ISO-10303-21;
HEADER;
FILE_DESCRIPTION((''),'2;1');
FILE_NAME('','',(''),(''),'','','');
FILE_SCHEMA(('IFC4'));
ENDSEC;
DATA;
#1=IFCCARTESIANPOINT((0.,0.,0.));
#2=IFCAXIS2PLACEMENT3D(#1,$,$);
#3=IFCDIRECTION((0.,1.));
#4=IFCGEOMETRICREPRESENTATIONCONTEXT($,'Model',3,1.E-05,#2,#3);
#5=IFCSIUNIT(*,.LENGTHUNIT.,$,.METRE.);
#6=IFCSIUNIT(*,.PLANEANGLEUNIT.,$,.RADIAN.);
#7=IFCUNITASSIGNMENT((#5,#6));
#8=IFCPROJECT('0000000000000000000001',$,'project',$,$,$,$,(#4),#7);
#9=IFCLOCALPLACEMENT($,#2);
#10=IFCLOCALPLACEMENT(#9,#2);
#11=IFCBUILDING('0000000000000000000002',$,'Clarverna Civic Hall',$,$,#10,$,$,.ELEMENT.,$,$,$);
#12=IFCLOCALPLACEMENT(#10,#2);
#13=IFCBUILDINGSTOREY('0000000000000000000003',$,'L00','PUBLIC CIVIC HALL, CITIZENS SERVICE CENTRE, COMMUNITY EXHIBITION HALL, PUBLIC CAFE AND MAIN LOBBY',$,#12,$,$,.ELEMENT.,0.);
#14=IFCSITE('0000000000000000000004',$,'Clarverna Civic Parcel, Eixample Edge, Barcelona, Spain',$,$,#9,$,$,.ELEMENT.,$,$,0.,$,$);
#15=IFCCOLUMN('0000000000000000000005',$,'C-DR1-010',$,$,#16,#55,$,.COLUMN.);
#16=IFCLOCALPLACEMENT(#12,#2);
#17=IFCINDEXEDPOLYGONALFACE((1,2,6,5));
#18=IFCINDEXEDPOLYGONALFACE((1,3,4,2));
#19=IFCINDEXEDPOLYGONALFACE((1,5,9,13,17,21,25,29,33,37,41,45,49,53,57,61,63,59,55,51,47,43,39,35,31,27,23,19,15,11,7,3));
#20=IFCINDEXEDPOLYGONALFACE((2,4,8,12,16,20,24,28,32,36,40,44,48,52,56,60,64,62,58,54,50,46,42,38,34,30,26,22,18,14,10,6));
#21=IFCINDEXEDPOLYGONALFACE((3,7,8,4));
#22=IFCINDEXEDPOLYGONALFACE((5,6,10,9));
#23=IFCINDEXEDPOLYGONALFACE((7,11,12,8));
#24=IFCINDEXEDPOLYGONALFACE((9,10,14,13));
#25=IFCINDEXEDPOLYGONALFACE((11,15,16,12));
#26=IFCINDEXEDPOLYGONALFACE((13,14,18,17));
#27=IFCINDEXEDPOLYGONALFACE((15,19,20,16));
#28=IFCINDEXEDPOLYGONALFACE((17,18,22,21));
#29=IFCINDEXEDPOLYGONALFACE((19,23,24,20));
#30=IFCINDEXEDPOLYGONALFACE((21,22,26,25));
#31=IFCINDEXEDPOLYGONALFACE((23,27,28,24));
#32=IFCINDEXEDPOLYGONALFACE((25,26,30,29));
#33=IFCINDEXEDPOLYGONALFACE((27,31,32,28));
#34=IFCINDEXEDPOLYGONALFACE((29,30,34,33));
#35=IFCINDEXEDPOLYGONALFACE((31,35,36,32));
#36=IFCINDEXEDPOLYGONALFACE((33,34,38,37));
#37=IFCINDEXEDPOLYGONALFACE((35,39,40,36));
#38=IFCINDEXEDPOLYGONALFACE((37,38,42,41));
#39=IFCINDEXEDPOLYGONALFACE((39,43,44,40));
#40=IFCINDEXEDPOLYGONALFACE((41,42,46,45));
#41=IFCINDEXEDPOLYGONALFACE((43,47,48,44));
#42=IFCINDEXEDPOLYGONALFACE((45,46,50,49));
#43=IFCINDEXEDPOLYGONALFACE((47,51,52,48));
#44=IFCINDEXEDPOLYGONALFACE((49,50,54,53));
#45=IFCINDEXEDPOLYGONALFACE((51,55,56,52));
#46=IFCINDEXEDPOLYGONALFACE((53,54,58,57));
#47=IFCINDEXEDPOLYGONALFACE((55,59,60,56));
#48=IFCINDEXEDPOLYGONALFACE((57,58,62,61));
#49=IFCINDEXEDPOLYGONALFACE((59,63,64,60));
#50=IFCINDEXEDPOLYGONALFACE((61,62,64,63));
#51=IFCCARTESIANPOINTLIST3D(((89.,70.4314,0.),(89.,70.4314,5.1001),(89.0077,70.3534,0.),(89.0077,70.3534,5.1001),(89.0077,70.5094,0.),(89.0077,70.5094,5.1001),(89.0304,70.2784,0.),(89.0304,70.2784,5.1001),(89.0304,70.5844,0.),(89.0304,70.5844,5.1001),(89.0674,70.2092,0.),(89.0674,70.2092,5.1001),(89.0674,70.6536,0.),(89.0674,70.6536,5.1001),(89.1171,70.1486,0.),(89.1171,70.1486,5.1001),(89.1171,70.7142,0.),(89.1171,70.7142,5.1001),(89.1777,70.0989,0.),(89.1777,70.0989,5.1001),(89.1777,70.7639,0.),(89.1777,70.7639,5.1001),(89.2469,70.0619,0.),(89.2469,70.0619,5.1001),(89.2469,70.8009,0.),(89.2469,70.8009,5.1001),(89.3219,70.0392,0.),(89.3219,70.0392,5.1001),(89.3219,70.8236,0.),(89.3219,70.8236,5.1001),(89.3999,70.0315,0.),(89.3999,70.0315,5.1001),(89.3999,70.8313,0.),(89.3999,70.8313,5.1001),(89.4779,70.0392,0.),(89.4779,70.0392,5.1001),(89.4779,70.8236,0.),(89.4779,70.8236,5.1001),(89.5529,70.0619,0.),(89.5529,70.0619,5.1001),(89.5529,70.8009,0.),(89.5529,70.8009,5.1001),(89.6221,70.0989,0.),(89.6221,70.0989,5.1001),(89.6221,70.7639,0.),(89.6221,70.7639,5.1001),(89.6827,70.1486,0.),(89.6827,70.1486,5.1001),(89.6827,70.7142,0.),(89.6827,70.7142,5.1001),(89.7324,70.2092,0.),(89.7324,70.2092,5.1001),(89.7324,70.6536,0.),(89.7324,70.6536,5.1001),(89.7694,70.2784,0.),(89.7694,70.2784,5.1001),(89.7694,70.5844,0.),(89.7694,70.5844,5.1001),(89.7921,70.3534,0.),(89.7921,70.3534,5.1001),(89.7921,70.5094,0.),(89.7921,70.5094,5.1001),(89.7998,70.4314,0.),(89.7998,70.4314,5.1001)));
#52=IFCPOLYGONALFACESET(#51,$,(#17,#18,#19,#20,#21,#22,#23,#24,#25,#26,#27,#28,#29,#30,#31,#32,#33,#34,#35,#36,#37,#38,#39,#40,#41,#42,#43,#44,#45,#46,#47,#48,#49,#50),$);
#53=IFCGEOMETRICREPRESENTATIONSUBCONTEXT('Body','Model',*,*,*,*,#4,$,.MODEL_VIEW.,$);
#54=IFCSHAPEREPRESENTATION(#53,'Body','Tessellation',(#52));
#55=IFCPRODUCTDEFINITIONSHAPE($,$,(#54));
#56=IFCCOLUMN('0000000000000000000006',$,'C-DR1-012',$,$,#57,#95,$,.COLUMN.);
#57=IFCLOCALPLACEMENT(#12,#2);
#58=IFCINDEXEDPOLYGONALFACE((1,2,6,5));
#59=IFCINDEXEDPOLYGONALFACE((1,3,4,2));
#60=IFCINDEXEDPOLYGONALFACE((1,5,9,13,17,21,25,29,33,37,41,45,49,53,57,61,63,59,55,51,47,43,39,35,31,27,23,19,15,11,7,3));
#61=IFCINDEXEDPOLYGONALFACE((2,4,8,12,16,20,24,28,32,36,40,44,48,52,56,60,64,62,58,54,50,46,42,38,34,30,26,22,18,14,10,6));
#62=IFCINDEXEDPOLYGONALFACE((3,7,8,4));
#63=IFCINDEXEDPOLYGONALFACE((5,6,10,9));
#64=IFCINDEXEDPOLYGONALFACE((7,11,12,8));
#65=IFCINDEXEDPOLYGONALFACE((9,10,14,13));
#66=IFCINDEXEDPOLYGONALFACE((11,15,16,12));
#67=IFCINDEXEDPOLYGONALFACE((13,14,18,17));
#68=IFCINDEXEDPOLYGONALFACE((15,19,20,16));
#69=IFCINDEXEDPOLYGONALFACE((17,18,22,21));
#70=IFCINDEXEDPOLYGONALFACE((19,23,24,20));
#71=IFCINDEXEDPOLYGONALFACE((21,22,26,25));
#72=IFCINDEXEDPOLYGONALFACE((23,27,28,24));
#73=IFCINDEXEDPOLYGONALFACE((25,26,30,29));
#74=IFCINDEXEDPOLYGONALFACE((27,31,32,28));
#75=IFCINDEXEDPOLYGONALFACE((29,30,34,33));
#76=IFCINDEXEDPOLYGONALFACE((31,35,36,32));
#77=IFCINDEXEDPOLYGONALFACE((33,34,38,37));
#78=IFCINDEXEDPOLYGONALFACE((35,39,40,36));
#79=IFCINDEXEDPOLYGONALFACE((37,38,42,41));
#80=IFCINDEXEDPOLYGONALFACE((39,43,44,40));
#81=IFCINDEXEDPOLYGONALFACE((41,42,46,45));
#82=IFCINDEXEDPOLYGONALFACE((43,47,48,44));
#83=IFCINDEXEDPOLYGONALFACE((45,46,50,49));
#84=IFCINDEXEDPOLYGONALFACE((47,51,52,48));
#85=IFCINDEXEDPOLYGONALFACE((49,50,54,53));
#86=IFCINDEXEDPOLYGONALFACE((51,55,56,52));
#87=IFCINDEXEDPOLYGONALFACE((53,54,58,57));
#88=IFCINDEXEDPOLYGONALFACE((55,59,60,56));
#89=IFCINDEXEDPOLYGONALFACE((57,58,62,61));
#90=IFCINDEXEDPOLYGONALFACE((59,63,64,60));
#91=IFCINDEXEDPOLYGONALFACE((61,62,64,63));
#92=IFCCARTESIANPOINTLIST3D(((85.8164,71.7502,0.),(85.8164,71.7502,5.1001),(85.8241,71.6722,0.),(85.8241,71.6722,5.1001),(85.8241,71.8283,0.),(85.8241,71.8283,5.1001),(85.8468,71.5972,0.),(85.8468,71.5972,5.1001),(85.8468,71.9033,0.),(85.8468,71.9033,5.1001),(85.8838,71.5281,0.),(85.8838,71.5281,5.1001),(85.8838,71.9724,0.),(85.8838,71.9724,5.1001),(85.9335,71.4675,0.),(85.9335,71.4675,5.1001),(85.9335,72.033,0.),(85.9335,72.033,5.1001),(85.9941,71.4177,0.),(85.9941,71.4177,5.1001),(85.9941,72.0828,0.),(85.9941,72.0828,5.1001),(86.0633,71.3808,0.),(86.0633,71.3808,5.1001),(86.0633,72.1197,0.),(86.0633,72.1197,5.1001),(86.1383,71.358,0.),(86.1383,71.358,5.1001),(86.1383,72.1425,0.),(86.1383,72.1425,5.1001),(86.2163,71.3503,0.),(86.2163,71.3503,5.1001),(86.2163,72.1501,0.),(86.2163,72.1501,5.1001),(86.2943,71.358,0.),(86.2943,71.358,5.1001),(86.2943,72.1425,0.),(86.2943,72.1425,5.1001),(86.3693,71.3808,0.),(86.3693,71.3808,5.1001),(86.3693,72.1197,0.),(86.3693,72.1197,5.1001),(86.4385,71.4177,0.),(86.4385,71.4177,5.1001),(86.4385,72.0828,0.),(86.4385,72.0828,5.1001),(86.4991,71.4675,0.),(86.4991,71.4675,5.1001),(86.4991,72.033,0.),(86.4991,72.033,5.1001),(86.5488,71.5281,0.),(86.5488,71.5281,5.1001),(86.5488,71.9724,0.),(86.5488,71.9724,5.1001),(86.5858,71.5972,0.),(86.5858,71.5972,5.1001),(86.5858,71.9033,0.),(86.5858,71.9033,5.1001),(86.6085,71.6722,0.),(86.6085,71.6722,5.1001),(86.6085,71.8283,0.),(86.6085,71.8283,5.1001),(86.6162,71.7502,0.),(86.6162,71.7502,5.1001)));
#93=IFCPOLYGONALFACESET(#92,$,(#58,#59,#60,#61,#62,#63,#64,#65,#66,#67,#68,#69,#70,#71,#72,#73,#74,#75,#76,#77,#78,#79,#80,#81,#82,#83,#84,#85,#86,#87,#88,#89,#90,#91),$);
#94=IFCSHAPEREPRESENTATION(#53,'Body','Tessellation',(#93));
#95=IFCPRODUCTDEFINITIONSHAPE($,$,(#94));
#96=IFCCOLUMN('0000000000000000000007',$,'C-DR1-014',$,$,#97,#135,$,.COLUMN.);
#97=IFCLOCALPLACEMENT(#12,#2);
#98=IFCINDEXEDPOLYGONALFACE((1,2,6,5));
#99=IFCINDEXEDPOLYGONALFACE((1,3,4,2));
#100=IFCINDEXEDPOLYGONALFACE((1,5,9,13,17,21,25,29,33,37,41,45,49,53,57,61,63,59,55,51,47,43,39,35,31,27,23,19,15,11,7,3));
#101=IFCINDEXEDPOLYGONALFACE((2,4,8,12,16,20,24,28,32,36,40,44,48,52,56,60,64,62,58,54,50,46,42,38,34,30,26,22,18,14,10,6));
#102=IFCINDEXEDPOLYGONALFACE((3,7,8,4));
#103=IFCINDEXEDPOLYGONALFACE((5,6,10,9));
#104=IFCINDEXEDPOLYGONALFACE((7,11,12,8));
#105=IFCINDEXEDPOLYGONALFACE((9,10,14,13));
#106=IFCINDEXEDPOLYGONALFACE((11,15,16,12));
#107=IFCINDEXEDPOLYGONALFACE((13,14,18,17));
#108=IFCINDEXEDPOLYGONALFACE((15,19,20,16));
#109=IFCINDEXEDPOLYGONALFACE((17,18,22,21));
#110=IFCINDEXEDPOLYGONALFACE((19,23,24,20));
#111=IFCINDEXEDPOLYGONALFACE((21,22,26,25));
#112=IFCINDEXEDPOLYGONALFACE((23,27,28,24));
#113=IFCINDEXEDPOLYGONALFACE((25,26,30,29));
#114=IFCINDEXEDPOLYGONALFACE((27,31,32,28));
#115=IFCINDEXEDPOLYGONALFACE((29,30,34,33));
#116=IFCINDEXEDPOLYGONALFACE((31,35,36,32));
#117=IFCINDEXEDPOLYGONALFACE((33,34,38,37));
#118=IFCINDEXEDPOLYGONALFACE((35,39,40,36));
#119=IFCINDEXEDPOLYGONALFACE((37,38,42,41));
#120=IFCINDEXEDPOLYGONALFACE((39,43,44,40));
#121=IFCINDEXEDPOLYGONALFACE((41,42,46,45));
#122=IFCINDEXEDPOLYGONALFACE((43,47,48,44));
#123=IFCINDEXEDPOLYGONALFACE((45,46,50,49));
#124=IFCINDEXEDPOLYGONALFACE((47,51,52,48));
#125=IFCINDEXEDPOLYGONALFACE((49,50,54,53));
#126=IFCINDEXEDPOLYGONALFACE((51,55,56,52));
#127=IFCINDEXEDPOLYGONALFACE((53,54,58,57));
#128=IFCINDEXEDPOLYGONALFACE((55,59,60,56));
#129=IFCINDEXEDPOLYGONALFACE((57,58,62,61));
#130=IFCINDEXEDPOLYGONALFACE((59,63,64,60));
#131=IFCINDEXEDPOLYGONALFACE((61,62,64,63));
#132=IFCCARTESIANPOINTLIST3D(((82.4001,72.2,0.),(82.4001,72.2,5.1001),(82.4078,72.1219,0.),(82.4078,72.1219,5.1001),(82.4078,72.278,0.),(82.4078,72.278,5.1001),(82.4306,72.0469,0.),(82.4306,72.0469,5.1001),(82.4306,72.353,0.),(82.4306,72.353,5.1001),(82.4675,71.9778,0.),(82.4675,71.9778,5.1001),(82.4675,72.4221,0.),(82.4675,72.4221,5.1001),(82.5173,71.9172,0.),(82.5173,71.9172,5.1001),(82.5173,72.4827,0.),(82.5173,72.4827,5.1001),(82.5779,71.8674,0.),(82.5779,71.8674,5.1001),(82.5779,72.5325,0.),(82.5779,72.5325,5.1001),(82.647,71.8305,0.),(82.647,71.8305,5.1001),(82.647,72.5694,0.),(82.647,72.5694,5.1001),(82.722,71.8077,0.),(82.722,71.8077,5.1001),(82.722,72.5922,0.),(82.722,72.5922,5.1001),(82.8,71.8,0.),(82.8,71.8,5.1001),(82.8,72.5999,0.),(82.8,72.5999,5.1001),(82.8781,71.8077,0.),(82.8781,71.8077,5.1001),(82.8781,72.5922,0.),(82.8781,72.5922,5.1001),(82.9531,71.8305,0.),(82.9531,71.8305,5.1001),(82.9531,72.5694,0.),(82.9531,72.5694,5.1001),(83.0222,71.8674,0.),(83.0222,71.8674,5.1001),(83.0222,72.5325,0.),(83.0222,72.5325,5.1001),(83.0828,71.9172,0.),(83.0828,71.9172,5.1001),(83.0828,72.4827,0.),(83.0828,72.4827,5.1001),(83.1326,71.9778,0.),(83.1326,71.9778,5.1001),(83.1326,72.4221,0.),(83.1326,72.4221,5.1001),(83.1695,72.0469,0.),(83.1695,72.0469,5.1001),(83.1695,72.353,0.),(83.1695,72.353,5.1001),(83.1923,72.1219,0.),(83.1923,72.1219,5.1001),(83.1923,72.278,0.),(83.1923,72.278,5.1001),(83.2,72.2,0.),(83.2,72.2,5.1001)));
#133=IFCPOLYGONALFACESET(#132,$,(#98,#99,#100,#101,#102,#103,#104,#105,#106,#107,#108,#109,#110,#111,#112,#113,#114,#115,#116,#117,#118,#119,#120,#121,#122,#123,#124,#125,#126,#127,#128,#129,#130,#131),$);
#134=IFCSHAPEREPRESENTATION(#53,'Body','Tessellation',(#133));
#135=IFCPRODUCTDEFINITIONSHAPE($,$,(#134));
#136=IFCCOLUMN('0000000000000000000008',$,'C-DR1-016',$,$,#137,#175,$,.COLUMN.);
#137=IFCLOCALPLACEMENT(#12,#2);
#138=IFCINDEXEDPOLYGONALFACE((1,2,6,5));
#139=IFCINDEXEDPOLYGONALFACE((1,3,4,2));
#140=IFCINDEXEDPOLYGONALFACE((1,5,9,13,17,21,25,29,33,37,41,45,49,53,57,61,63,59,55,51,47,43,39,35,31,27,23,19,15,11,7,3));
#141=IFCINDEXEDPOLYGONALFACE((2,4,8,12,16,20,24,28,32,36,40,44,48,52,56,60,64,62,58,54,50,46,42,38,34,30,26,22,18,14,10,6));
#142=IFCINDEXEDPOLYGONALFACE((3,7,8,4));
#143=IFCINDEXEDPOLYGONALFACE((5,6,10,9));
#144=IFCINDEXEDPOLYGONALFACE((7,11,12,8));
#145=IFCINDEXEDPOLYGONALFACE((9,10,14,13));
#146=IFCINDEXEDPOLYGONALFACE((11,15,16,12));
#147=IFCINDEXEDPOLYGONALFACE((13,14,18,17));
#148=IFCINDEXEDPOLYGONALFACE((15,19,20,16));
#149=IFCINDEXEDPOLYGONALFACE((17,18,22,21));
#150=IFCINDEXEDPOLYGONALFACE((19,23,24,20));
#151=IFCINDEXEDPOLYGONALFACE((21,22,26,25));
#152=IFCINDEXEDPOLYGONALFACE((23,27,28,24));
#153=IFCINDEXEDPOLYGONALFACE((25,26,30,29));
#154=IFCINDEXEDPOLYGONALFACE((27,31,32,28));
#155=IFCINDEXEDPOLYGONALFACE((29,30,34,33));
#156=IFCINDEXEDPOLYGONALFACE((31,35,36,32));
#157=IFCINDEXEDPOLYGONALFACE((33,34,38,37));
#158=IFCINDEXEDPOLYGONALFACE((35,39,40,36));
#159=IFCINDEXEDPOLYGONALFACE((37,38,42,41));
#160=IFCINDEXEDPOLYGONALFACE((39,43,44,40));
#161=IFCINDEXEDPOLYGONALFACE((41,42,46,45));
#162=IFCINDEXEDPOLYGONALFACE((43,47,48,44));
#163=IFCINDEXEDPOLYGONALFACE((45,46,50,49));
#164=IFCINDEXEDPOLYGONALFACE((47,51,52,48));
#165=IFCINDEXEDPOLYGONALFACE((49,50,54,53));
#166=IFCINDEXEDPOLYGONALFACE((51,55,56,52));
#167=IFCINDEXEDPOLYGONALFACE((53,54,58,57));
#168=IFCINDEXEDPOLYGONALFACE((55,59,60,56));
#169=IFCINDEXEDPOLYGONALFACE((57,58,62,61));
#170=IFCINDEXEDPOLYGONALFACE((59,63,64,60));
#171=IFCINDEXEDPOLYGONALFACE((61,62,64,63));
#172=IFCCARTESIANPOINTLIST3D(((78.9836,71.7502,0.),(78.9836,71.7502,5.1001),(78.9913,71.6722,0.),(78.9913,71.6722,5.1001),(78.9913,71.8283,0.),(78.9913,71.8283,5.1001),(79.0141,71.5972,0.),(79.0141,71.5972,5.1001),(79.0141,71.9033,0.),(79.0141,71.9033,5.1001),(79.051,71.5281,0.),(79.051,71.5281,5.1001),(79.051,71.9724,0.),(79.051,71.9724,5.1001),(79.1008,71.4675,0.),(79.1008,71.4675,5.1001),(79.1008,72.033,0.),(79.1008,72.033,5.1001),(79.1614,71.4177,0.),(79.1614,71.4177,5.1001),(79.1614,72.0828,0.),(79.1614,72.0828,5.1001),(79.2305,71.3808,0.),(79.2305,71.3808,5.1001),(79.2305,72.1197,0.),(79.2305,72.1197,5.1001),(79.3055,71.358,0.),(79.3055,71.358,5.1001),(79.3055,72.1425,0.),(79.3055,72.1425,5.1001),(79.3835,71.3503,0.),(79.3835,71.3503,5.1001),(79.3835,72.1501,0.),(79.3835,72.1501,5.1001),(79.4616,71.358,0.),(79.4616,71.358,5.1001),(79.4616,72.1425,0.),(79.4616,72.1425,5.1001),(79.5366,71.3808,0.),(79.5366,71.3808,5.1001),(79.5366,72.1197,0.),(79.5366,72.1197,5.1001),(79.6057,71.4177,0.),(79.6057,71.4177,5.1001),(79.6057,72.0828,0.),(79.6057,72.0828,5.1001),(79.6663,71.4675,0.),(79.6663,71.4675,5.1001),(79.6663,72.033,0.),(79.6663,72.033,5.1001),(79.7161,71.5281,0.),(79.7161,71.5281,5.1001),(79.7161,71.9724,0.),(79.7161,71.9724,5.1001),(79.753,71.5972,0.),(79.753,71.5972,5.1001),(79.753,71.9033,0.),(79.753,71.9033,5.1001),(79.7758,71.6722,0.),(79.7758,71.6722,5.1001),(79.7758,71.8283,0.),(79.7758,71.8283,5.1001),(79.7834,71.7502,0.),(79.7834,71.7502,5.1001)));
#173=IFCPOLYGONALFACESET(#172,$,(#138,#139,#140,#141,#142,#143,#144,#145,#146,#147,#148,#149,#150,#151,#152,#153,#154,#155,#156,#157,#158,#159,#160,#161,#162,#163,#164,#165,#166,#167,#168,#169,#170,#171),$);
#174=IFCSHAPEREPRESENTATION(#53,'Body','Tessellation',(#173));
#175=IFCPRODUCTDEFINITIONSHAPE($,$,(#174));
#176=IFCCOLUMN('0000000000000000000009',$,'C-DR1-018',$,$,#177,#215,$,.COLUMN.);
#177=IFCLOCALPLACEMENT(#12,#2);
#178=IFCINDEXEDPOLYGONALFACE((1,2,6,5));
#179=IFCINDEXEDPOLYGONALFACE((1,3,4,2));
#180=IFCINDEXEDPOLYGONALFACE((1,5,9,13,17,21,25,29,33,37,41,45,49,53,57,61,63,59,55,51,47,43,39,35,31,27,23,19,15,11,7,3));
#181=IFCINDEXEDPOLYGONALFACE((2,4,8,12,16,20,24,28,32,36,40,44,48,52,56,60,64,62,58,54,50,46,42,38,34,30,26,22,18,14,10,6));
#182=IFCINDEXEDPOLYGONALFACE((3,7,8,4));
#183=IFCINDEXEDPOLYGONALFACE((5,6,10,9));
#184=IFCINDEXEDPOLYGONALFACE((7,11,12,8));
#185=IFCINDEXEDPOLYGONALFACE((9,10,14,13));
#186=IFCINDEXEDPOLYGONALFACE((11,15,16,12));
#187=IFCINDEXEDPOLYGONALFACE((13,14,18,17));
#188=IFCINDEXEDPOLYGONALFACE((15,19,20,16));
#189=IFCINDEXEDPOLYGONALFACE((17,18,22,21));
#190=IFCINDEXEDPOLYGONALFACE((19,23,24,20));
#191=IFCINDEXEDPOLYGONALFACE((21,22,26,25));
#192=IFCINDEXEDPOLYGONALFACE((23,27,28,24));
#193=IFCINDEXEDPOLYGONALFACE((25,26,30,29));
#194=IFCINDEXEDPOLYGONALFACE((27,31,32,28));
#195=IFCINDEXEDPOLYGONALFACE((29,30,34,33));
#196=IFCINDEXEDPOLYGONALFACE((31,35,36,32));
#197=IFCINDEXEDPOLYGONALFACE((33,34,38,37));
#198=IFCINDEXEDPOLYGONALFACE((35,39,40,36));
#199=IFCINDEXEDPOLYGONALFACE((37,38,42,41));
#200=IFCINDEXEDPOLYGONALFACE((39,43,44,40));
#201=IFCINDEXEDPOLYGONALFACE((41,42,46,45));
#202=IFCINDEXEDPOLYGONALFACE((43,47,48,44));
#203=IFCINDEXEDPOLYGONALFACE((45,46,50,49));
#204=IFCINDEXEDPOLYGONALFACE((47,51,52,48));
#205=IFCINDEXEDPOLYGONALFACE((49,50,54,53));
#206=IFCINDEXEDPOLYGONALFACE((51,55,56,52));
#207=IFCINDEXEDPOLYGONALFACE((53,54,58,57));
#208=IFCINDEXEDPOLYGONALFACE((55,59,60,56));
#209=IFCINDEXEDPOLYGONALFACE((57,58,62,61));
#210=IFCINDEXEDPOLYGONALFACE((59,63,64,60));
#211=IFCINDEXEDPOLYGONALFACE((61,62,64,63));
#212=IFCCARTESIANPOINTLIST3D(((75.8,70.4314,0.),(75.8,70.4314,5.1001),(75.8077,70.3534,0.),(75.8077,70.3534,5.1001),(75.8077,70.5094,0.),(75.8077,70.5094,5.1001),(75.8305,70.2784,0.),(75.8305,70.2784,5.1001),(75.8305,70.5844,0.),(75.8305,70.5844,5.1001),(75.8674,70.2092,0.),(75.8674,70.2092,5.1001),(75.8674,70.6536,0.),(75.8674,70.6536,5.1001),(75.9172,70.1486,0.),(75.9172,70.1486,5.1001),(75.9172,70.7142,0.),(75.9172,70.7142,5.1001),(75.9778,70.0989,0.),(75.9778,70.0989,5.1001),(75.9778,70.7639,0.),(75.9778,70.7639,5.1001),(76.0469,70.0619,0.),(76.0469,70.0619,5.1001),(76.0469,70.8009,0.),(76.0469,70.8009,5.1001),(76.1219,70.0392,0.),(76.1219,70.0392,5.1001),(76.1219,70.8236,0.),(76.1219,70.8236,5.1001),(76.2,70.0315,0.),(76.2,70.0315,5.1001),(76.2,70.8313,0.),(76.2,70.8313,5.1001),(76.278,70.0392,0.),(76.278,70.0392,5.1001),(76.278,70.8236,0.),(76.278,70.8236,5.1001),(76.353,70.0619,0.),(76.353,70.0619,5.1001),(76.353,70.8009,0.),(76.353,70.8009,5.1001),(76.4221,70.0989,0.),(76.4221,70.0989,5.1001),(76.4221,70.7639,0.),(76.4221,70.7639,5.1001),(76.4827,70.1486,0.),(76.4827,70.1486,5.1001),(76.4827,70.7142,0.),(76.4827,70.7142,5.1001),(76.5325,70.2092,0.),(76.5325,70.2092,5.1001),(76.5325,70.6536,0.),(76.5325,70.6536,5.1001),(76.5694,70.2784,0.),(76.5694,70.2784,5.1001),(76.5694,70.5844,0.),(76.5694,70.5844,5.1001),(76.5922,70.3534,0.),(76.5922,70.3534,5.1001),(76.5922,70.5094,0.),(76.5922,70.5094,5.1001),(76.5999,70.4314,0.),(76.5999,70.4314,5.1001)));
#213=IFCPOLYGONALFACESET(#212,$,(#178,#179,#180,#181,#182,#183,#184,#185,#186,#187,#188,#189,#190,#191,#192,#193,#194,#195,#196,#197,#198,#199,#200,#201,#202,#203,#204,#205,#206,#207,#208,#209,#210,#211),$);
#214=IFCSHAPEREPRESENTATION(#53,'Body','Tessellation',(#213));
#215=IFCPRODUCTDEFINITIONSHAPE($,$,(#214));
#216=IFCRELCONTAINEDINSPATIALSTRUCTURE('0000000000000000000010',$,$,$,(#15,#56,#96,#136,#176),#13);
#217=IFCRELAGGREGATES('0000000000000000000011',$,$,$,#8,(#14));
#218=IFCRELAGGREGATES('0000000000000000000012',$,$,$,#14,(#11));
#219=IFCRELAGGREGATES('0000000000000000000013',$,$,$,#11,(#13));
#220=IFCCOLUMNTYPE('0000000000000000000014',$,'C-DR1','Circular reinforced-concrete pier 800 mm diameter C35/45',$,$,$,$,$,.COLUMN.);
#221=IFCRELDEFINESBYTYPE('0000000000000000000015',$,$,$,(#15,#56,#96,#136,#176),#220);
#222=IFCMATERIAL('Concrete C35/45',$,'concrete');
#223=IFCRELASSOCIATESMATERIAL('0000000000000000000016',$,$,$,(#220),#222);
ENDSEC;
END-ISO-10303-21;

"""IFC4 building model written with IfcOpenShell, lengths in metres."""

from ifc_helpers import new_model, si_unit, direction, frame, origin, origin_2d, place, context, subcontext, project, spatial, circle, extrude, material, material_profile, profile_set, type_object, element, save


model = new_model("IFC4")

# Units and contexts
model_context = context("Model", 3, precision=1e-05, world=origin(), true_north=direction((0.0, 1.0)))
body_context = subcontext(model_context, "Body", "Model", "MODEL_VIEW")
ifc_project = project(units=[si_unit("LENGTHUNIT", "METRE"), si_unit("PLANEANGLEUNIT", "RADIAN")], contexts=[model_context])

# Site, building, storey
site_placement = place(None, origin())
site = spatial("IfcSite", under=ifc_project, at=site_placement, Name="Clarverna Civic Parcel, Eixample Edge, Barcelona, Spain", CompositionType="ELEMENT", RefElevation=0.0)
building_placement = place(site_placement, origin())
building = spatial("IfcBuilding", under=site, at=building_placement, Name="Clarverna Civic Hall", CompositionType="ELEMENT")
storey_placement = place(building_placement, origin())
storey = spatial("IfcBuildingStorey", under=building, at=storey_placement, Name="L00", Description="PUBLIC CIVIC HALL, CITIZENS SERVICE CENTRE, COMMUNITY EXHIBITION HALL, PUBLIC CAFE AND MAIN LOBBY", CompositionType="ELEMENT", Elevation=0.0)

# Columns
ifc_material_1 = material(Name="Concrete C35/45", Category="concrete")
ifc_material_profile_1 = material_profile(ifc_material_1, circle(Radius=0.3999, at=origin_2d()), Name="RC D800")
ifc_profile_set_1 = profile_set([ifc_material_profile_1], Name="Concrete C35/45")
column_type_1 = type_object("IfcColumnType", Name="C-DR1", Description="Circular reinforced-concrete pier 800 mm diameter C35/45", PredefinedType="COLUMN", material=ifc_profile_set_1)
for number, where, z_axis, x_axis, name in (
    (1, (89.3999, 70.4314, 0.0), (0.0, 0.0, 1.0), (1.0, 0.0, 0.0), "C-DR1-010"),
    (2, (86.2163, 71.7502, 0.0), (0.0, 0.0, 1.0), (1.0, 0.0, 0.0), "C-DR1-012"),
    (3, (82.8, 72.2, 0.0), (0.0, 0.0, 1.0), (1.0, 0.0, 0.0), "C-DR1-014"),
    (4, (79.3835, 71.7502, 0.0), (0.0, 0.0, 1.0), (1.0, 0.0, 0.0), "C-DR1-016"),
    (5, (76.2, 70.4314, 0.0), (0.0, 0.0, 1.0), (1.0, 0.0, 0.0), "C-DR1-018"),
):
    element("IfcColumn", number, at=place(storey_placement, frame(where, z_axis=z_axis, x_axis=x_axis)), inside=storey, type_object=column_type_1, Name=name, PredefinedType="COLUMN", context=body_context, shape_type="SweptSolid", body=[
        extrude(circle(Radius=0.3999, at=origin_2d()), origin(), (0.0, 0.0, 1.0), 5.1001),
    ])

save(model, "model.ifc")
